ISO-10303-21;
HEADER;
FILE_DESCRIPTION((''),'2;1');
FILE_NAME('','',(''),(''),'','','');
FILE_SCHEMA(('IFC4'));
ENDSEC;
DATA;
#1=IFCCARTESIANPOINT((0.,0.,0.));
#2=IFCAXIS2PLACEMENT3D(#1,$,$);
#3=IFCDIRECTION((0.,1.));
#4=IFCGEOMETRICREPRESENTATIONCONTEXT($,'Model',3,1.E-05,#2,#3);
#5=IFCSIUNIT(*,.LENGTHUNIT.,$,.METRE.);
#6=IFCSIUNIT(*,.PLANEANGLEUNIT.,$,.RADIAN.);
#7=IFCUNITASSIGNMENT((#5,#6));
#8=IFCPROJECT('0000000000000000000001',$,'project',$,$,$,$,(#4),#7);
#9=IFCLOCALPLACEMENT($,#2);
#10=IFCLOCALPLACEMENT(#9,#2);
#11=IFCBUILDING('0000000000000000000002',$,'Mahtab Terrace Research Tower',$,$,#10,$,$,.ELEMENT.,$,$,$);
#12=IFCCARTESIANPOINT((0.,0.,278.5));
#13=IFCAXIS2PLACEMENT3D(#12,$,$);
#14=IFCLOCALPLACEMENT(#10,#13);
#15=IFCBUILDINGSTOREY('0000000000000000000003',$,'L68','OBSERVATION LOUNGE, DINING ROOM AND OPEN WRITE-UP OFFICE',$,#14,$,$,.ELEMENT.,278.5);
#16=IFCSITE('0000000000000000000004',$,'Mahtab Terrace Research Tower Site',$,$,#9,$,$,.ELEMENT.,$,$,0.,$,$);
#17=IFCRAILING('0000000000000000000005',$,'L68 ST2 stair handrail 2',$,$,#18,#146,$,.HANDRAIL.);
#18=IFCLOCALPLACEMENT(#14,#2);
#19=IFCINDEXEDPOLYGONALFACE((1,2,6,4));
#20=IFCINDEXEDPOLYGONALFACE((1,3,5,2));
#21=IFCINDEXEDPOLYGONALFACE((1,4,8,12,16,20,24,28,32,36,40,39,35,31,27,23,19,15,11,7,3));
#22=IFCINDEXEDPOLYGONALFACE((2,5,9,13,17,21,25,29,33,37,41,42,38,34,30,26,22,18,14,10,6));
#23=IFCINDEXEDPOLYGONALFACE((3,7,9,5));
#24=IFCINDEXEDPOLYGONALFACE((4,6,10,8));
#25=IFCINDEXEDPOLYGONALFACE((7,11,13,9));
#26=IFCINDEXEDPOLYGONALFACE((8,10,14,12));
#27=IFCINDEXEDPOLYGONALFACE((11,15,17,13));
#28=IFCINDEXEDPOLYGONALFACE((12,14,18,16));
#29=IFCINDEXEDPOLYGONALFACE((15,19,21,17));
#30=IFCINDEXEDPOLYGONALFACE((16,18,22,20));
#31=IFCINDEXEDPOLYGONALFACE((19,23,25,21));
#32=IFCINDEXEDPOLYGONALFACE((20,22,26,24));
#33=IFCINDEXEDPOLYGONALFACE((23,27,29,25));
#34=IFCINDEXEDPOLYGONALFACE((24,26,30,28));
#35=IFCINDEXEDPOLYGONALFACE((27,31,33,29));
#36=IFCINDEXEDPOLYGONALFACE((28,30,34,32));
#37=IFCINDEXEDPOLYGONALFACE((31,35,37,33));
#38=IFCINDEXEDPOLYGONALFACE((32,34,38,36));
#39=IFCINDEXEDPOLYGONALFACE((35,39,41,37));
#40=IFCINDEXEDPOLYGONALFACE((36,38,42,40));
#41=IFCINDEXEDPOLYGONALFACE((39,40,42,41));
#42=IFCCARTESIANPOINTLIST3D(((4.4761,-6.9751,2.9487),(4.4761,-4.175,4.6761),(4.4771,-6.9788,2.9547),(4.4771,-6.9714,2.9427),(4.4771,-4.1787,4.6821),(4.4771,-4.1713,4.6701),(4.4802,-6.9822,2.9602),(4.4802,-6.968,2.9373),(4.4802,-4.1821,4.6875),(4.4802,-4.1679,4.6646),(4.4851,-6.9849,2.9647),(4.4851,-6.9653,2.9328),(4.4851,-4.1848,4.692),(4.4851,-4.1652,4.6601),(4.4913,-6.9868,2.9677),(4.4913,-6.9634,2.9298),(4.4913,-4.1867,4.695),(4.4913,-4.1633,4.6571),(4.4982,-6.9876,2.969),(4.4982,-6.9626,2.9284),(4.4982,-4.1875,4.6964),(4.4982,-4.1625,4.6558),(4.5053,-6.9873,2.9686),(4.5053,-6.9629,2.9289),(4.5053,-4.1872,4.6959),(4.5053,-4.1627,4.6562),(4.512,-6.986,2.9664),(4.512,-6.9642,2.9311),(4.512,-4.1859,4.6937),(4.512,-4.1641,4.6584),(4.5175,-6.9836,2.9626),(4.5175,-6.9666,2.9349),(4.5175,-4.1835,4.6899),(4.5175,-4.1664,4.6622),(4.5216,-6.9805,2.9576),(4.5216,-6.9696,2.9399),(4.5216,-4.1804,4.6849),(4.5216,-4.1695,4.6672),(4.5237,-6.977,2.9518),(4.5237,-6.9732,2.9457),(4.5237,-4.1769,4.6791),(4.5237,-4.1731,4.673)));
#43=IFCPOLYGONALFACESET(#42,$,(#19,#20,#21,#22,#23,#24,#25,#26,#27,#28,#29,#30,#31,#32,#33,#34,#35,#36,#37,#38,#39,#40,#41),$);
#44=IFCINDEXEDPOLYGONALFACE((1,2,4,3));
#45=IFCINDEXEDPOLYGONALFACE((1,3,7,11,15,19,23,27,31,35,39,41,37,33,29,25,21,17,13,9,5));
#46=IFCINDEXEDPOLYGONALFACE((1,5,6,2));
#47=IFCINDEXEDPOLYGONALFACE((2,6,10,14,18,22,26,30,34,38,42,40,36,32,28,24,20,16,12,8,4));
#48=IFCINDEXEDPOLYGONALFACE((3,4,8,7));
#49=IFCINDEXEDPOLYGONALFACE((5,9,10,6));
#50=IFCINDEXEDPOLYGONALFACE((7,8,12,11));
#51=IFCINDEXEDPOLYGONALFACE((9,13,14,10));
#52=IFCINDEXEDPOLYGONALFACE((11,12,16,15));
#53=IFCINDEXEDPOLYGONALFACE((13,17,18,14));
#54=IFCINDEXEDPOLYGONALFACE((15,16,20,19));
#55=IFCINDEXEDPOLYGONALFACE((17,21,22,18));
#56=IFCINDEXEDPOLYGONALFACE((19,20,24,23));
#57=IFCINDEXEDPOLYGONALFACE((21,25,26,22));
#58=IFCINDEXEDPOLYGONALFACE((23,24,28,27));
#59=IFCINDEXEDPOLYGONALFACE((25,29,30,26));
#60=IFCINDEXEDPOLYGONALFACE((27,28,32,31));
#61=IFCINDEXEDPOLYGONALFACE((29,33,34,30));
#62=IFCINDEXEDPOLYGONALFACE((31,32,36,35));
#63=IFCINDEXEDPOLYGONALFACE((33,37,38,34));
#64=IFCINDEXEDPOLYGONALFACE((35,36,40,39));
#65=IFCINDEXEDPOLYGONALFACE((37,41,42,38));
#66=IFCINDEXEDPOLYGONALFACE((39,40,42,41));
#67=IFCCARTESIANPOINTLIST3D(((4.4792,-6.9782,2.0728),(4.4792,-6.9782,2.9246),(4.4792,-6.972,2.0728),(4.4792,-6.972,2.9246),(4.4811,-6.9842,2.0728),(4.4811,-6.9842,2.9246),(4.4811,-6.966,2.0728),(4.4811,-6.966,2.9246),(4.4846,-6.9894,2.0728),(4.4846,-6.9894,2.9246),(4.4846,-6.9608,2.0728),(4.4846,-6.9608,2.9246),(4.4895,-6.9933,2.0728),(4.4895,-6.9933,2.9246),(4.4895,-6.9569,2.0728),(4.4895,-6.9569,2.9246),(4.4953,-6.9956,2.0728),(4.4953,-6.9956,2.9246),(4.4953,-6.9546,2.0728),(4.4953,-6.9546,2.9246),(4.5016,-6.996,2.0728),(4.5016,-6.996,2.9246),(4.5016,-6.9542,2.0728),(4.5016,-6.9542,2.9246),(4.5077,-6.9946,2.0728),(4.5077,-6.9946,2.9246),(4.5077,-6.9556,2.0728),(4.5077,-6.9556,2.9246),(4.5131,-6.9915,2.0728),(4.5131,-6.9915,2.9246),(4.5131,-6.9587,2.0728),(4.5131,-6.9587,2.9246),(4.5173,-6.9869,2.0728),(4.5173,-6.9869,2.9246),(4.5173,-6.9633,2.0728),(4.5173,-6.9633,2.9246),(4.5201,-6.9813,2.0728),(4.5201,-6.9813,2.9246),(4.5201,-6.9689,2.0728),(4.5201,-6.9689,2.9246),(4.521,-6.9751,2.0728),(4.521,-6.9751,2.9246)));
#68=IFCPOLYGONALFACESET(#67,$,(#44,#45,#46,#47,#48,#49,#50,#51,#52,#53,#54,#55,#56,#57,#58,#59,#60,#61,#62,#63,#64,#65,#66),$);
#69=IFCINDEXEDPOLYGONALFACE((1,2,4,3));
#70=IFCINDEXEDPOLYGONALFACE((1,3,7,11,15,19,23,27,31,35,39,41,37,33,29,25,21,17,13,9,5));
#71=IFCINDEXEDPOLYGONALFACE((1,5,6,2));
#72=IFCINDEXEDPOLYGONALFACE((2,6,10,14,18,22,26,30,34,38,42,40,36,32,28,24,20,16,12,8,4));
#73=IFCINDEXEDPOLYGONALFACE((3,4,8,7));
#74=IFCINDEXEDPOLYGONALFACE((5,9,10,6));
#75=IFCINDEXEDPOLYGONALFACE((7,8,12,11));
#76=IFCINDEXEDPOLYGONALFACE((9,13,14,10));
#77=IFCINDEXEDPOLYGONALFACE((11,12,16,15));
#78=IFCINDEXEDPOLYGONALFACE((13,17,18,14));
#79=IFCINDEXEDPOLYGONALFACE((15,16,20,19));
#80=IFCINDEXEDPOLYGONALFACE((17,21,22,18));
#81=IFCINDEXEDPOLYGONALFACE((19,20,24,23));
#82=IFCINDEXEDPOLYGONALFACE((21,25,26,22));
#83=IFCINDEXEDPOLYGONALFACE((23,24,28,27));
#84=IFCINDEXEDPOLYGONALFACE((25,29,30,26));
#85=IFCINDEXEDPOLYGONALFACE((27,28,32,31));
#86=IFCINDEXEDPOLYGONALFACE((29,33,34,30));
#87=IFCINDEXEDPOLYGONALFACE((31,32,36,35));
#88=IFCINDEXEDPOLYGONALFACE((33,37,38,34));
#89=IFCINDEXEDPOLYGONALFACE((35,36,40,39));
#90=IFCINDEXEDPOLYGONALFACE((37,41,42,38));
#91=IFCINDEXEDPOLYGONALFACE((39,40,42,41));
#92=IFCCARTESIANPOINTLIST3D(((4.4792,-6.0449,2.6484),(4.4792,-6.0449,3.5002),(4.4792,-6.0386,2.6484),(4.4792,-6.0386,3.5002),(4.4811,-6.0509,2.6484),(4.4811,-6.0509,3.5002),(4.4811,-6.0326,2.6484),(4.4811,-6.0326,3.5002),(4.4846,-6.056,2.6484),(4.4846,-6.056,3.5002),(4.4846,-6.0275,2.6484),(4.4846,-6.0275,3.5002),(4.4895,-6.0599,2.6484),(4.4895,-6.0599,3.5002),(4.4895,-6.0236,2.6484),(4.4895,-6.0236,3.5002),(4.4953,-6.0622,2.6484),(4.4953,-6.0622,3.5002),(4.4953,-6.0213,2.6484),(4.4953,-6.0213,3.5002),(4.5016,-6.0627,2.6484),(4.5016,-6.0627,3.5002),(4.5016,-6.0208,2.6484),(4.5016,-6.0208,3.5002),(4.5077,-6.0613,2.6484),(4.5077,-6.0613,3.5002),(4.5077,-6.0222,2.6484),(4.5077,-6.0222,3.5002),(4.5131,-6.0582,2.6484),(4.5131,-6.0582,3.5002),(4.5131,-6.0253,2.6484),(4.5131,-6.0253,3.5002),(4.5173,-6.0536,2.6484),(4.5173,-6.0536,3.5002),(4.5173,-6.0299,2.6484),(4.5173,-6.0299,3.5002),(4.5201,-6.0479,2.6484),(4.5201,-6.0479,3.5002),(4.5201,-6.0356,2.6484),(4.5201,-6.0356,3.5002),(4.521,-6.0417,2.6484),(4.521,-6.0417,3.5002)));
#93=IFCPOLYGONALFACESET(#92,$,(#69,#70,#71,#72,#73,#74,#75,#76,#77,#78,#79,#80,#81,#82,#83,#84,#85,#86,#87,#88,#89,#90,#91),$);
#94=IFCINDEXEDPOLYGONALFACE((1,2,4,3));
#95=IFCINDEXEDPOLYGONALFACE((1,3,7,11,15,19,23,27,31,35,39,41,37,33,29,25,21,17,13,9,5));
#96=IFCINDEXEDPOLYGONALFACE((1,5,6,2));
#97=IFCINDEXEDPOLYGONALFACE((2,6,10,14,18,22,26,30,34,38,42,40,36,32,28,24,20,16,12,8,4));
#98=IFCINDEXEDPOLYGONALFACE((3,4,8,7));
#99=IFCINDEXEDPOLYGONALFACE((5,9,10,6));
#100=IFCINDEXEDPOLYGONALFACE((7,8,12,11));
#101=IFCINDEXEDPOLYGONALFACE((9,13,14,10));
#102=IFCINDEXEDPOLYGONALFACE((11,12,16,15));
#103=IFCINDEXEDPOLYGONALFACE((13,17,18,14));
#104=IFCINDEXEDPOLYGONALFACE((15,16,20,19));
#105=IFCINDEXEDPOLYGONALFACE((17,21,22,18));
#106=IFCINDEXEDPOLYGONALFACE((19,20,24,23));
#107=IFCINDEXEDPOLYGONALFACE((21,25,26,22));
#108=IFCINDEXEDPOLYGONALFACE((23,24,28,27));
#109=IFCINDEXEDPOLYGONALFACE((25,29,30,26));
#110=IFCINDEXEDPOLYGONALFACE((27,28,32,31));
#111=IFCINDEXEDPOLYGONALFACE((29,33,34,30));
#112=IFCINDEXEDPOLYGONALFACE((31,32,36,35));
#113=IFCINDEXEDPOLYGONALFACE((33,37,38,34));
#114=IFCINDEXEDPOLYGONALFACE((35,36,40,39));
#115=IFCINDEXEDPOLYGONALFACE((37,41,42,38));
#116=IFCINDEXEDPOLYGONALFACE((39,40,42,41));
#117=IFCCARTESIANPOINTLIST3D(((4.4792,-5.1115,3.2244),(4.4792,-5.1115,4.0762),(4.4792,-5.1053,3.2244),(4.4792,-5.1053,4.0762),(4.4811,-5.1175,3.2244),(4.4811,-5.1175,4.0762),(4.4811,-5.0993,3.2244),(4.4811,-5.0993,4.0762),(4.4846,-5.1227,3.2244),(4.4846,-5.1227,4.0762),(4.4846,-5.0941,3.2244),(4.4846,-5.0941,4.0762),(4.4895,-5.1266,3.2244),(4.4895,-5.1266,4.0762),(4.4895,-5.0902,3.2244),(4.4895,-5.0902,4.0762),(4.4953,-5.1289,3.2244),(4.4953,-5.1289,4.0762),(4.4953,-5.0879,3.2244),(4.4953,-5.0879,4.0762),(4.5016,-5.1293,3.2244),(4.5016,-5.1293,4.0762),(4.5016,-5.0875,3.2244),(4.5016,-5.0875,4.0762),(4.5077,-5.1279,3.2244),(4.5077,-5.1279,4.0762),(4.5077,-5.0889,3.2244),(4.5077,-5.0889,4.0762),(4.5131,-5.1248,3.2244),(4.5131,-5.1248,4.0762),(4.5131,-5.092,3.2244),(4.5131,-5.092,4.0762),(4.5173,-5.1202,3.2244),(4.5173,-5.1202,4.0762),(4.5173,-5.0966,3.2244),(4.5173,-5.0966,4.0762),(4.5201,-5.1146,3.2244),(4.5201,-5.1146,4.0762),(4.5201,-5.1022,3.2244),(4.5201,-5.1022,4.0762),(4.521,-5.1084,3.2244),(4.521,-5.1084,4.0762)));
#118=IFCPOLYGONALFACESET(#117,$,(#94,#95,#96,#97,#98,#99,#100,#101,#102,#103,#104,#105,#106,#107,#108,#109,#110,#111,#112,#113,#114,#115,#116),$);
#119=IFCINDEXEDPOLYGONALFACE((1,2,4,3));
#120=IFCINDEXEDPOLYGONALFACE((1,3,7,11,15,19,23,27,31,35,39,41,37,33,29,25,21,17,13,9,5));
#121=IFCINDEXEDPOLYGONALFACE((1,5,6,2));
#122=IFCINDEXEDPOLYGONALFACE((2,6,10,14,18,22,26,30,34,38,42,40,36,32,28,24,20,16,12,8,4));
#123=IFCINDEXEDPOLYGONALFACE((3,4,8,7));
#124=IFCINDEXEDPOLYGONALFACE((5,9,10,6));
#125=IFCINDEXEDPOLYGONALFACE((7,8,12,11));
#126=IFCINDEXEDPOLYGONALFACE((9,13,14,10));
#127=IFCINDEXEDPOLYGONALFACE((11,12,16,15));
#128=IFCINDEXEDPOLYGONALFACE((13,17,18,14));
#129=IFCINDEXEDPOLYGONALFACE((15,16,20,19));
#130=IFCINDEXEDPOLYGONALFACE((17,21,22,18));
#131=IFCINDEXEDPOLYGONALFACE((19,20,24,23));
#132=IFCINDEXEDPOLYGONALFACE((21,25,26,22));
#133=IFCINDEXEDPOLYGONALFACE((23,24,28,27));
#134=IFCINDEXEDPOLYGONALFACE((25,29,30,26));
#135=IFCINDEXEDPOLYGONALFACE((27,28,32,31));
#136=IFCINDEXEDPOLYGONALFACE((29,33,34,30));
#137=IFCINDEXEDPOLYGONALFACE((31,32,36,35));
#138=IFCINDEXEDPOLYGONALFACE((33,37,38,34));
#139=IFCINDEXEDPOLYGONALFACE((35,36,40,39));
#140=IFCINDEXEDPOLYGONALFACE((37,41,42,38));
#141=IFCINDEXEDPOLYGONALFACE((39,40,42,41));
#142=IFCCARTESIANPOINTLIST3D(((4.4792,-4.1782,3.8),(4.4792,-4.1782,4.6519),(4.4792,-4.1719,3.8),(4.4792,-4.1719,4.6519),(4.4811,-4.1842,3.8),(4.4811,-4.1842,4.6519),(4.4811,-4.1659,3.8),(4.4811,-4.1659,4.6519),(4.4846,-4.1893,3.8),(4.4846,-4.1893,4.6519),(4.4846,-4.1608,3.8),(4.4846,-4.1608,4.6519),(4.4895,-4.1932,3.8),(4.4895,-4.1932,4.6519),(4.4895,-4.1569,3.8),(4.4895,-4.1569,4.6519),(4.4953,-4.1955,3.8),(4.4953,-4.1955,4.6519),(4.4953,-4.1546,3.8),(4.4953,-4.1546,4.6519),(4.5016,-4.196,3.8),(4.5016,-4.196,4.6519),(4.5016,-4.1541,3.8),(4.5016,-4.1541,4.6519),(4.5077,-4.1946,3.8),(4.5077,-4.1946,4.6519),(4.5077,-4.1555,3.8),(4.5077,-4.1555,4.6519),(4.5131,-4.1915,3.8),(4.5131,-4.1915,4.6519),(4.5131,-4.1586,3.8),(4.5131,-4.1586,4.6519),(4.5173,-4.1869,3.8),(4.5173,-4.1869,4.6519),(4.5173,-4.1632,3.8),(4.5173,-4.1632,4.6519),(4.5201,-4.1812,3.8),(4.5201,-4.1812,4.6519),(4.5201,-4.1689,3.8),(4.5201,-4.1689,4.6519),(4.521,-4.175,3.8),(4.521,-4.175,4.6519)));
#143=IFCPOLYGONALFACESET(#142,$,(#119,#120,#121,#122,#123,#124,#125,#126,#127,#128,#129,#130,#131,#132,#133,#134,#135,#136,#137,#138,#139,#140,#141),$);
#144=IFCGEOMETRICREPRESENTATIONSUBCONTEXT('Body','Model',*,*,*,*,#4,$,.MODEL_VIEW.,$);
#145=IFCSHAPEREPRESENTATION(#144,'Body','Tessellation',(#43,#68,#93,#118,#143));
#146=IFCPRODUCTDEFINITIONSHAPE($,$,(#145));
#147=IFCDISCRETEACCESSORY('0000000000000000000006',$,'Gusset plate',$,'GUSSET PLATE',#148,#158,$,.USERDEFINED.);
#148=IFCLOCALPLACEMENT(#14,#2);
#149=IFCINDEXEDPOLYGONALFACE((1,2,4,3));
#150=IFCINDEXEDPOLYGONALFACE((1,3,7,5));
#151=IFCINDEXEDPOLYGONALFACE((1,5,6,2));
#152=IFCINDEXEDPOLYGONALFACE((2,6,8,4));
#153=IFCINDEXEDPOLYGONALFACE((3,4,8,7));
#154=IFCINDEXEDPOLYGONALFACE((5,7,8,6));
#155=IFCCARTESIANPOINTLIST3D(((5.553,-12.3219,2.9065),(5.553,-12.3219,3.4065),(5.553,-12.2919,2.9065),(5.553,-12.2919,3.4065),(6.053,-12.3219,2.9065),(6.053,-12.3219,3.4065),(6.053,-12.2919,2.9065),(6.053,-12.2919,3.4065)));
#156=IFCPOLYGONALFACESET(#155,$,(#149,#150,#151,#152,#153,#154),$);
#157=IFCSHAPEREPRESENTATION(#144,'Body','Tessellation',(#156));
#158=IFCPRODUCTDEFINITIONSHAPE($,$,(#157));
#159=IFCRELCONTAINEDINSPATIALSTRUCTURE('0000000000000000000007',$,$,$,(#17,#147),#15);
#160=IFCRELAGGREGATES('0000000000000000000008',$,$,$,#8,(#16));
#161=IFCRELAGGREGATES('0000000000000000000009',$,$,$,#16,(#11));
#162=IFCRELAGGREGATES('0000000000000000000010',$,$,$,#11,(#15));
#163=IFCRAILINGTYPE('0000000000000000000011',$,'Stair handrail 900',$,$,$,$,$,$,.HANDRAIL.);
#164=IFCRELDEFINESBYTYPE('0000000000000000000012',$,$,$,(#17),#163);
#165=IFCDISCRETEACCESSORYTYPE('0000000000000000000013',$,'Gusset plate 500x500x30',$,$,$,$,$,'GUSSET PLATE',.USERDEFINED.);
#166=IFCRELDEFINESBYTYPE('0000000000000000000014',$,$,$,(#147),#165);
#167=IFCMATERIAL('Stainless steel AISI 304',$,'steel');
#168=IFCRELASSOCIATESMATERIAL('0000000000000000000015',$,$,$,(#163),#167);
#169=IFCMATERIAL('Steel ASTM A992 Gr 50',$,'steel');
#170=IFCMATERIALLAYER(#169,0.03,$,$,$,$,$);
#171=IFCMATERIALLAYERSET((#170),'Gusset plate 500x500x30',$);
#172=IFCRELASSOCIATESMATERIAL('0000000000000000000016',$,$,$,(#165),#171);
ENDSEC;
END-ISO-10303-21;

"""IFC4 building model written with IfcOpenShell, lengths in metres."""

from ifc_helpers import new_model, si_unit, direction, frame, origin, origin_2d, place, context, subcontext, project, spatial, rectangle, circle, extrude, material, layer, layer_set, type_object, element, save


model = new_model("IFC4")

# Units and contexts
model_context = context("Model", 3, precision=1e-05, world=origin(), true_north=direction((0.0, 1.0)))
body_context = subcontext(model_context, "Body", "Model", "MODEL_VIEW")
ifc_project = project(units=[si_unit("LENGTHUNIT", "METRE"), si_unit("PLANEANGLEUNIT", "RADIAN")], contexts=[model_context])

# Site, building, storey
site_placement = place(None, origin())
site = spatial("IfcSite", under=ifc_project, at=site_placement, Name="Mahtab Terrace Research Tower Site", CompositionType="ELEMENT", RefElevation=0.0)
building_placement = place(site_placement, origin())
building = spatial("IfcBuilding", under=site, at=building_placement, Name="Mahtab Terrace Research Tower", CompositionType="ELEMENT")
storey_placement = place(building_placement, frame((0.0, 0.0, 278.5)))
storey = spatial("IfcBuildingStorey", under=building, at=storey_placement, Name="L68", Description="OBSERVATION LOUNGE, DINING ROOM AND OPEN WRITE-UP OFFICE", CompositionType="ELEMENT", Elevation=278.5)

# Shared definitions
ifc_material_1 = material(Name="Steel ASTM A992 Gr 50", Category="steel")

# Railing
ifc_material_2 = material(Name="Stainless steel AISI 304", Category="steel")
railing_type_1 = type_object("IfcRailingType", Name="Stair handrail 900", PredefinedType="HANDRAIL", material=ifc_material_2)
railing_1_placement = place(storey_placement, frame((4.5, -6.9751, 2.0728)))
element("IfcRailing", 1, at=railing_1_placement, inside=storey, type_object=railing_type_1, Name="L68 ST2 stair handrail 2", PredefinedType="HANDRAIL", context=body_context, shape_type="SweptSolid", body=[
    extrude(circle(Radius=0.0239, at=origin_2d()), frame((0.0, 0.0, 0.876), z_axis=(0.0, 0.85109, 0.52502), x_axis=(-1.0, 0.0, 0.0)), (0.0, 0.0, 1.0), 3.29),
    extrude(circle(Radius=0.021, at=origin_2d()), origin(), (0.0, 0.0, 1.0), 0.8518),
    extrude(circle(Radius=0.021, at=origin_2d()), frame((0.0, 0.9333, 0.5757)), (0.0, 0.0, 1.0), 0.8518),
    extrude(circle(Radius=0.021, at=origin_2d()), frame((0.0, 1.8667, 1.1516)), (0.0, 0.0, 1.0), 0.8518),
    extrude(circle(Radius=0.021, at=origin_2d()), frame((0.0, 2.8, 1.7273)), (0.0, 0.0, 1.0), 0.8518),
])

# Discrete accessory
ifc_layer_1 = layer(ifc_material_1, 0.03)
ifc_layer_set_1 = layer_set([ifc_layer_1], Name="Gusset plate 500x500x30")
discrete_accessory_type = type_object("IfcDiscreteAccessoryType", Name="Gusset plate 500x500x30", ElementType="GUSSET PLATE", PredefinedType="USERDEFINED", material=ifc_layer_set_1)
discrete_accessory_placement = place(storey_placement, frame((5.803, -12.3069, 2.9065), z_axis=(0.0, 0.0, 1.0), x_axis=(1.0, 0.0, 0.0)))
element("IfcDiscreteAccessory", 2, at=discrete_accessory_placement, inside=storey, type_object=discrete_accessory_type, Name="Gusset plate", ObjectType="GUSSET PLATE", PredefinedType="USERDEFINED", context=body_context, shape_type="SweptSolid", body=[
    extrude(rectangle(XDim=0.5, YDim=0.03, at=origin_2d()), origin(), (0.0, 0.0, 1.0), 0.5),
])

save(model, "model.ifc")
